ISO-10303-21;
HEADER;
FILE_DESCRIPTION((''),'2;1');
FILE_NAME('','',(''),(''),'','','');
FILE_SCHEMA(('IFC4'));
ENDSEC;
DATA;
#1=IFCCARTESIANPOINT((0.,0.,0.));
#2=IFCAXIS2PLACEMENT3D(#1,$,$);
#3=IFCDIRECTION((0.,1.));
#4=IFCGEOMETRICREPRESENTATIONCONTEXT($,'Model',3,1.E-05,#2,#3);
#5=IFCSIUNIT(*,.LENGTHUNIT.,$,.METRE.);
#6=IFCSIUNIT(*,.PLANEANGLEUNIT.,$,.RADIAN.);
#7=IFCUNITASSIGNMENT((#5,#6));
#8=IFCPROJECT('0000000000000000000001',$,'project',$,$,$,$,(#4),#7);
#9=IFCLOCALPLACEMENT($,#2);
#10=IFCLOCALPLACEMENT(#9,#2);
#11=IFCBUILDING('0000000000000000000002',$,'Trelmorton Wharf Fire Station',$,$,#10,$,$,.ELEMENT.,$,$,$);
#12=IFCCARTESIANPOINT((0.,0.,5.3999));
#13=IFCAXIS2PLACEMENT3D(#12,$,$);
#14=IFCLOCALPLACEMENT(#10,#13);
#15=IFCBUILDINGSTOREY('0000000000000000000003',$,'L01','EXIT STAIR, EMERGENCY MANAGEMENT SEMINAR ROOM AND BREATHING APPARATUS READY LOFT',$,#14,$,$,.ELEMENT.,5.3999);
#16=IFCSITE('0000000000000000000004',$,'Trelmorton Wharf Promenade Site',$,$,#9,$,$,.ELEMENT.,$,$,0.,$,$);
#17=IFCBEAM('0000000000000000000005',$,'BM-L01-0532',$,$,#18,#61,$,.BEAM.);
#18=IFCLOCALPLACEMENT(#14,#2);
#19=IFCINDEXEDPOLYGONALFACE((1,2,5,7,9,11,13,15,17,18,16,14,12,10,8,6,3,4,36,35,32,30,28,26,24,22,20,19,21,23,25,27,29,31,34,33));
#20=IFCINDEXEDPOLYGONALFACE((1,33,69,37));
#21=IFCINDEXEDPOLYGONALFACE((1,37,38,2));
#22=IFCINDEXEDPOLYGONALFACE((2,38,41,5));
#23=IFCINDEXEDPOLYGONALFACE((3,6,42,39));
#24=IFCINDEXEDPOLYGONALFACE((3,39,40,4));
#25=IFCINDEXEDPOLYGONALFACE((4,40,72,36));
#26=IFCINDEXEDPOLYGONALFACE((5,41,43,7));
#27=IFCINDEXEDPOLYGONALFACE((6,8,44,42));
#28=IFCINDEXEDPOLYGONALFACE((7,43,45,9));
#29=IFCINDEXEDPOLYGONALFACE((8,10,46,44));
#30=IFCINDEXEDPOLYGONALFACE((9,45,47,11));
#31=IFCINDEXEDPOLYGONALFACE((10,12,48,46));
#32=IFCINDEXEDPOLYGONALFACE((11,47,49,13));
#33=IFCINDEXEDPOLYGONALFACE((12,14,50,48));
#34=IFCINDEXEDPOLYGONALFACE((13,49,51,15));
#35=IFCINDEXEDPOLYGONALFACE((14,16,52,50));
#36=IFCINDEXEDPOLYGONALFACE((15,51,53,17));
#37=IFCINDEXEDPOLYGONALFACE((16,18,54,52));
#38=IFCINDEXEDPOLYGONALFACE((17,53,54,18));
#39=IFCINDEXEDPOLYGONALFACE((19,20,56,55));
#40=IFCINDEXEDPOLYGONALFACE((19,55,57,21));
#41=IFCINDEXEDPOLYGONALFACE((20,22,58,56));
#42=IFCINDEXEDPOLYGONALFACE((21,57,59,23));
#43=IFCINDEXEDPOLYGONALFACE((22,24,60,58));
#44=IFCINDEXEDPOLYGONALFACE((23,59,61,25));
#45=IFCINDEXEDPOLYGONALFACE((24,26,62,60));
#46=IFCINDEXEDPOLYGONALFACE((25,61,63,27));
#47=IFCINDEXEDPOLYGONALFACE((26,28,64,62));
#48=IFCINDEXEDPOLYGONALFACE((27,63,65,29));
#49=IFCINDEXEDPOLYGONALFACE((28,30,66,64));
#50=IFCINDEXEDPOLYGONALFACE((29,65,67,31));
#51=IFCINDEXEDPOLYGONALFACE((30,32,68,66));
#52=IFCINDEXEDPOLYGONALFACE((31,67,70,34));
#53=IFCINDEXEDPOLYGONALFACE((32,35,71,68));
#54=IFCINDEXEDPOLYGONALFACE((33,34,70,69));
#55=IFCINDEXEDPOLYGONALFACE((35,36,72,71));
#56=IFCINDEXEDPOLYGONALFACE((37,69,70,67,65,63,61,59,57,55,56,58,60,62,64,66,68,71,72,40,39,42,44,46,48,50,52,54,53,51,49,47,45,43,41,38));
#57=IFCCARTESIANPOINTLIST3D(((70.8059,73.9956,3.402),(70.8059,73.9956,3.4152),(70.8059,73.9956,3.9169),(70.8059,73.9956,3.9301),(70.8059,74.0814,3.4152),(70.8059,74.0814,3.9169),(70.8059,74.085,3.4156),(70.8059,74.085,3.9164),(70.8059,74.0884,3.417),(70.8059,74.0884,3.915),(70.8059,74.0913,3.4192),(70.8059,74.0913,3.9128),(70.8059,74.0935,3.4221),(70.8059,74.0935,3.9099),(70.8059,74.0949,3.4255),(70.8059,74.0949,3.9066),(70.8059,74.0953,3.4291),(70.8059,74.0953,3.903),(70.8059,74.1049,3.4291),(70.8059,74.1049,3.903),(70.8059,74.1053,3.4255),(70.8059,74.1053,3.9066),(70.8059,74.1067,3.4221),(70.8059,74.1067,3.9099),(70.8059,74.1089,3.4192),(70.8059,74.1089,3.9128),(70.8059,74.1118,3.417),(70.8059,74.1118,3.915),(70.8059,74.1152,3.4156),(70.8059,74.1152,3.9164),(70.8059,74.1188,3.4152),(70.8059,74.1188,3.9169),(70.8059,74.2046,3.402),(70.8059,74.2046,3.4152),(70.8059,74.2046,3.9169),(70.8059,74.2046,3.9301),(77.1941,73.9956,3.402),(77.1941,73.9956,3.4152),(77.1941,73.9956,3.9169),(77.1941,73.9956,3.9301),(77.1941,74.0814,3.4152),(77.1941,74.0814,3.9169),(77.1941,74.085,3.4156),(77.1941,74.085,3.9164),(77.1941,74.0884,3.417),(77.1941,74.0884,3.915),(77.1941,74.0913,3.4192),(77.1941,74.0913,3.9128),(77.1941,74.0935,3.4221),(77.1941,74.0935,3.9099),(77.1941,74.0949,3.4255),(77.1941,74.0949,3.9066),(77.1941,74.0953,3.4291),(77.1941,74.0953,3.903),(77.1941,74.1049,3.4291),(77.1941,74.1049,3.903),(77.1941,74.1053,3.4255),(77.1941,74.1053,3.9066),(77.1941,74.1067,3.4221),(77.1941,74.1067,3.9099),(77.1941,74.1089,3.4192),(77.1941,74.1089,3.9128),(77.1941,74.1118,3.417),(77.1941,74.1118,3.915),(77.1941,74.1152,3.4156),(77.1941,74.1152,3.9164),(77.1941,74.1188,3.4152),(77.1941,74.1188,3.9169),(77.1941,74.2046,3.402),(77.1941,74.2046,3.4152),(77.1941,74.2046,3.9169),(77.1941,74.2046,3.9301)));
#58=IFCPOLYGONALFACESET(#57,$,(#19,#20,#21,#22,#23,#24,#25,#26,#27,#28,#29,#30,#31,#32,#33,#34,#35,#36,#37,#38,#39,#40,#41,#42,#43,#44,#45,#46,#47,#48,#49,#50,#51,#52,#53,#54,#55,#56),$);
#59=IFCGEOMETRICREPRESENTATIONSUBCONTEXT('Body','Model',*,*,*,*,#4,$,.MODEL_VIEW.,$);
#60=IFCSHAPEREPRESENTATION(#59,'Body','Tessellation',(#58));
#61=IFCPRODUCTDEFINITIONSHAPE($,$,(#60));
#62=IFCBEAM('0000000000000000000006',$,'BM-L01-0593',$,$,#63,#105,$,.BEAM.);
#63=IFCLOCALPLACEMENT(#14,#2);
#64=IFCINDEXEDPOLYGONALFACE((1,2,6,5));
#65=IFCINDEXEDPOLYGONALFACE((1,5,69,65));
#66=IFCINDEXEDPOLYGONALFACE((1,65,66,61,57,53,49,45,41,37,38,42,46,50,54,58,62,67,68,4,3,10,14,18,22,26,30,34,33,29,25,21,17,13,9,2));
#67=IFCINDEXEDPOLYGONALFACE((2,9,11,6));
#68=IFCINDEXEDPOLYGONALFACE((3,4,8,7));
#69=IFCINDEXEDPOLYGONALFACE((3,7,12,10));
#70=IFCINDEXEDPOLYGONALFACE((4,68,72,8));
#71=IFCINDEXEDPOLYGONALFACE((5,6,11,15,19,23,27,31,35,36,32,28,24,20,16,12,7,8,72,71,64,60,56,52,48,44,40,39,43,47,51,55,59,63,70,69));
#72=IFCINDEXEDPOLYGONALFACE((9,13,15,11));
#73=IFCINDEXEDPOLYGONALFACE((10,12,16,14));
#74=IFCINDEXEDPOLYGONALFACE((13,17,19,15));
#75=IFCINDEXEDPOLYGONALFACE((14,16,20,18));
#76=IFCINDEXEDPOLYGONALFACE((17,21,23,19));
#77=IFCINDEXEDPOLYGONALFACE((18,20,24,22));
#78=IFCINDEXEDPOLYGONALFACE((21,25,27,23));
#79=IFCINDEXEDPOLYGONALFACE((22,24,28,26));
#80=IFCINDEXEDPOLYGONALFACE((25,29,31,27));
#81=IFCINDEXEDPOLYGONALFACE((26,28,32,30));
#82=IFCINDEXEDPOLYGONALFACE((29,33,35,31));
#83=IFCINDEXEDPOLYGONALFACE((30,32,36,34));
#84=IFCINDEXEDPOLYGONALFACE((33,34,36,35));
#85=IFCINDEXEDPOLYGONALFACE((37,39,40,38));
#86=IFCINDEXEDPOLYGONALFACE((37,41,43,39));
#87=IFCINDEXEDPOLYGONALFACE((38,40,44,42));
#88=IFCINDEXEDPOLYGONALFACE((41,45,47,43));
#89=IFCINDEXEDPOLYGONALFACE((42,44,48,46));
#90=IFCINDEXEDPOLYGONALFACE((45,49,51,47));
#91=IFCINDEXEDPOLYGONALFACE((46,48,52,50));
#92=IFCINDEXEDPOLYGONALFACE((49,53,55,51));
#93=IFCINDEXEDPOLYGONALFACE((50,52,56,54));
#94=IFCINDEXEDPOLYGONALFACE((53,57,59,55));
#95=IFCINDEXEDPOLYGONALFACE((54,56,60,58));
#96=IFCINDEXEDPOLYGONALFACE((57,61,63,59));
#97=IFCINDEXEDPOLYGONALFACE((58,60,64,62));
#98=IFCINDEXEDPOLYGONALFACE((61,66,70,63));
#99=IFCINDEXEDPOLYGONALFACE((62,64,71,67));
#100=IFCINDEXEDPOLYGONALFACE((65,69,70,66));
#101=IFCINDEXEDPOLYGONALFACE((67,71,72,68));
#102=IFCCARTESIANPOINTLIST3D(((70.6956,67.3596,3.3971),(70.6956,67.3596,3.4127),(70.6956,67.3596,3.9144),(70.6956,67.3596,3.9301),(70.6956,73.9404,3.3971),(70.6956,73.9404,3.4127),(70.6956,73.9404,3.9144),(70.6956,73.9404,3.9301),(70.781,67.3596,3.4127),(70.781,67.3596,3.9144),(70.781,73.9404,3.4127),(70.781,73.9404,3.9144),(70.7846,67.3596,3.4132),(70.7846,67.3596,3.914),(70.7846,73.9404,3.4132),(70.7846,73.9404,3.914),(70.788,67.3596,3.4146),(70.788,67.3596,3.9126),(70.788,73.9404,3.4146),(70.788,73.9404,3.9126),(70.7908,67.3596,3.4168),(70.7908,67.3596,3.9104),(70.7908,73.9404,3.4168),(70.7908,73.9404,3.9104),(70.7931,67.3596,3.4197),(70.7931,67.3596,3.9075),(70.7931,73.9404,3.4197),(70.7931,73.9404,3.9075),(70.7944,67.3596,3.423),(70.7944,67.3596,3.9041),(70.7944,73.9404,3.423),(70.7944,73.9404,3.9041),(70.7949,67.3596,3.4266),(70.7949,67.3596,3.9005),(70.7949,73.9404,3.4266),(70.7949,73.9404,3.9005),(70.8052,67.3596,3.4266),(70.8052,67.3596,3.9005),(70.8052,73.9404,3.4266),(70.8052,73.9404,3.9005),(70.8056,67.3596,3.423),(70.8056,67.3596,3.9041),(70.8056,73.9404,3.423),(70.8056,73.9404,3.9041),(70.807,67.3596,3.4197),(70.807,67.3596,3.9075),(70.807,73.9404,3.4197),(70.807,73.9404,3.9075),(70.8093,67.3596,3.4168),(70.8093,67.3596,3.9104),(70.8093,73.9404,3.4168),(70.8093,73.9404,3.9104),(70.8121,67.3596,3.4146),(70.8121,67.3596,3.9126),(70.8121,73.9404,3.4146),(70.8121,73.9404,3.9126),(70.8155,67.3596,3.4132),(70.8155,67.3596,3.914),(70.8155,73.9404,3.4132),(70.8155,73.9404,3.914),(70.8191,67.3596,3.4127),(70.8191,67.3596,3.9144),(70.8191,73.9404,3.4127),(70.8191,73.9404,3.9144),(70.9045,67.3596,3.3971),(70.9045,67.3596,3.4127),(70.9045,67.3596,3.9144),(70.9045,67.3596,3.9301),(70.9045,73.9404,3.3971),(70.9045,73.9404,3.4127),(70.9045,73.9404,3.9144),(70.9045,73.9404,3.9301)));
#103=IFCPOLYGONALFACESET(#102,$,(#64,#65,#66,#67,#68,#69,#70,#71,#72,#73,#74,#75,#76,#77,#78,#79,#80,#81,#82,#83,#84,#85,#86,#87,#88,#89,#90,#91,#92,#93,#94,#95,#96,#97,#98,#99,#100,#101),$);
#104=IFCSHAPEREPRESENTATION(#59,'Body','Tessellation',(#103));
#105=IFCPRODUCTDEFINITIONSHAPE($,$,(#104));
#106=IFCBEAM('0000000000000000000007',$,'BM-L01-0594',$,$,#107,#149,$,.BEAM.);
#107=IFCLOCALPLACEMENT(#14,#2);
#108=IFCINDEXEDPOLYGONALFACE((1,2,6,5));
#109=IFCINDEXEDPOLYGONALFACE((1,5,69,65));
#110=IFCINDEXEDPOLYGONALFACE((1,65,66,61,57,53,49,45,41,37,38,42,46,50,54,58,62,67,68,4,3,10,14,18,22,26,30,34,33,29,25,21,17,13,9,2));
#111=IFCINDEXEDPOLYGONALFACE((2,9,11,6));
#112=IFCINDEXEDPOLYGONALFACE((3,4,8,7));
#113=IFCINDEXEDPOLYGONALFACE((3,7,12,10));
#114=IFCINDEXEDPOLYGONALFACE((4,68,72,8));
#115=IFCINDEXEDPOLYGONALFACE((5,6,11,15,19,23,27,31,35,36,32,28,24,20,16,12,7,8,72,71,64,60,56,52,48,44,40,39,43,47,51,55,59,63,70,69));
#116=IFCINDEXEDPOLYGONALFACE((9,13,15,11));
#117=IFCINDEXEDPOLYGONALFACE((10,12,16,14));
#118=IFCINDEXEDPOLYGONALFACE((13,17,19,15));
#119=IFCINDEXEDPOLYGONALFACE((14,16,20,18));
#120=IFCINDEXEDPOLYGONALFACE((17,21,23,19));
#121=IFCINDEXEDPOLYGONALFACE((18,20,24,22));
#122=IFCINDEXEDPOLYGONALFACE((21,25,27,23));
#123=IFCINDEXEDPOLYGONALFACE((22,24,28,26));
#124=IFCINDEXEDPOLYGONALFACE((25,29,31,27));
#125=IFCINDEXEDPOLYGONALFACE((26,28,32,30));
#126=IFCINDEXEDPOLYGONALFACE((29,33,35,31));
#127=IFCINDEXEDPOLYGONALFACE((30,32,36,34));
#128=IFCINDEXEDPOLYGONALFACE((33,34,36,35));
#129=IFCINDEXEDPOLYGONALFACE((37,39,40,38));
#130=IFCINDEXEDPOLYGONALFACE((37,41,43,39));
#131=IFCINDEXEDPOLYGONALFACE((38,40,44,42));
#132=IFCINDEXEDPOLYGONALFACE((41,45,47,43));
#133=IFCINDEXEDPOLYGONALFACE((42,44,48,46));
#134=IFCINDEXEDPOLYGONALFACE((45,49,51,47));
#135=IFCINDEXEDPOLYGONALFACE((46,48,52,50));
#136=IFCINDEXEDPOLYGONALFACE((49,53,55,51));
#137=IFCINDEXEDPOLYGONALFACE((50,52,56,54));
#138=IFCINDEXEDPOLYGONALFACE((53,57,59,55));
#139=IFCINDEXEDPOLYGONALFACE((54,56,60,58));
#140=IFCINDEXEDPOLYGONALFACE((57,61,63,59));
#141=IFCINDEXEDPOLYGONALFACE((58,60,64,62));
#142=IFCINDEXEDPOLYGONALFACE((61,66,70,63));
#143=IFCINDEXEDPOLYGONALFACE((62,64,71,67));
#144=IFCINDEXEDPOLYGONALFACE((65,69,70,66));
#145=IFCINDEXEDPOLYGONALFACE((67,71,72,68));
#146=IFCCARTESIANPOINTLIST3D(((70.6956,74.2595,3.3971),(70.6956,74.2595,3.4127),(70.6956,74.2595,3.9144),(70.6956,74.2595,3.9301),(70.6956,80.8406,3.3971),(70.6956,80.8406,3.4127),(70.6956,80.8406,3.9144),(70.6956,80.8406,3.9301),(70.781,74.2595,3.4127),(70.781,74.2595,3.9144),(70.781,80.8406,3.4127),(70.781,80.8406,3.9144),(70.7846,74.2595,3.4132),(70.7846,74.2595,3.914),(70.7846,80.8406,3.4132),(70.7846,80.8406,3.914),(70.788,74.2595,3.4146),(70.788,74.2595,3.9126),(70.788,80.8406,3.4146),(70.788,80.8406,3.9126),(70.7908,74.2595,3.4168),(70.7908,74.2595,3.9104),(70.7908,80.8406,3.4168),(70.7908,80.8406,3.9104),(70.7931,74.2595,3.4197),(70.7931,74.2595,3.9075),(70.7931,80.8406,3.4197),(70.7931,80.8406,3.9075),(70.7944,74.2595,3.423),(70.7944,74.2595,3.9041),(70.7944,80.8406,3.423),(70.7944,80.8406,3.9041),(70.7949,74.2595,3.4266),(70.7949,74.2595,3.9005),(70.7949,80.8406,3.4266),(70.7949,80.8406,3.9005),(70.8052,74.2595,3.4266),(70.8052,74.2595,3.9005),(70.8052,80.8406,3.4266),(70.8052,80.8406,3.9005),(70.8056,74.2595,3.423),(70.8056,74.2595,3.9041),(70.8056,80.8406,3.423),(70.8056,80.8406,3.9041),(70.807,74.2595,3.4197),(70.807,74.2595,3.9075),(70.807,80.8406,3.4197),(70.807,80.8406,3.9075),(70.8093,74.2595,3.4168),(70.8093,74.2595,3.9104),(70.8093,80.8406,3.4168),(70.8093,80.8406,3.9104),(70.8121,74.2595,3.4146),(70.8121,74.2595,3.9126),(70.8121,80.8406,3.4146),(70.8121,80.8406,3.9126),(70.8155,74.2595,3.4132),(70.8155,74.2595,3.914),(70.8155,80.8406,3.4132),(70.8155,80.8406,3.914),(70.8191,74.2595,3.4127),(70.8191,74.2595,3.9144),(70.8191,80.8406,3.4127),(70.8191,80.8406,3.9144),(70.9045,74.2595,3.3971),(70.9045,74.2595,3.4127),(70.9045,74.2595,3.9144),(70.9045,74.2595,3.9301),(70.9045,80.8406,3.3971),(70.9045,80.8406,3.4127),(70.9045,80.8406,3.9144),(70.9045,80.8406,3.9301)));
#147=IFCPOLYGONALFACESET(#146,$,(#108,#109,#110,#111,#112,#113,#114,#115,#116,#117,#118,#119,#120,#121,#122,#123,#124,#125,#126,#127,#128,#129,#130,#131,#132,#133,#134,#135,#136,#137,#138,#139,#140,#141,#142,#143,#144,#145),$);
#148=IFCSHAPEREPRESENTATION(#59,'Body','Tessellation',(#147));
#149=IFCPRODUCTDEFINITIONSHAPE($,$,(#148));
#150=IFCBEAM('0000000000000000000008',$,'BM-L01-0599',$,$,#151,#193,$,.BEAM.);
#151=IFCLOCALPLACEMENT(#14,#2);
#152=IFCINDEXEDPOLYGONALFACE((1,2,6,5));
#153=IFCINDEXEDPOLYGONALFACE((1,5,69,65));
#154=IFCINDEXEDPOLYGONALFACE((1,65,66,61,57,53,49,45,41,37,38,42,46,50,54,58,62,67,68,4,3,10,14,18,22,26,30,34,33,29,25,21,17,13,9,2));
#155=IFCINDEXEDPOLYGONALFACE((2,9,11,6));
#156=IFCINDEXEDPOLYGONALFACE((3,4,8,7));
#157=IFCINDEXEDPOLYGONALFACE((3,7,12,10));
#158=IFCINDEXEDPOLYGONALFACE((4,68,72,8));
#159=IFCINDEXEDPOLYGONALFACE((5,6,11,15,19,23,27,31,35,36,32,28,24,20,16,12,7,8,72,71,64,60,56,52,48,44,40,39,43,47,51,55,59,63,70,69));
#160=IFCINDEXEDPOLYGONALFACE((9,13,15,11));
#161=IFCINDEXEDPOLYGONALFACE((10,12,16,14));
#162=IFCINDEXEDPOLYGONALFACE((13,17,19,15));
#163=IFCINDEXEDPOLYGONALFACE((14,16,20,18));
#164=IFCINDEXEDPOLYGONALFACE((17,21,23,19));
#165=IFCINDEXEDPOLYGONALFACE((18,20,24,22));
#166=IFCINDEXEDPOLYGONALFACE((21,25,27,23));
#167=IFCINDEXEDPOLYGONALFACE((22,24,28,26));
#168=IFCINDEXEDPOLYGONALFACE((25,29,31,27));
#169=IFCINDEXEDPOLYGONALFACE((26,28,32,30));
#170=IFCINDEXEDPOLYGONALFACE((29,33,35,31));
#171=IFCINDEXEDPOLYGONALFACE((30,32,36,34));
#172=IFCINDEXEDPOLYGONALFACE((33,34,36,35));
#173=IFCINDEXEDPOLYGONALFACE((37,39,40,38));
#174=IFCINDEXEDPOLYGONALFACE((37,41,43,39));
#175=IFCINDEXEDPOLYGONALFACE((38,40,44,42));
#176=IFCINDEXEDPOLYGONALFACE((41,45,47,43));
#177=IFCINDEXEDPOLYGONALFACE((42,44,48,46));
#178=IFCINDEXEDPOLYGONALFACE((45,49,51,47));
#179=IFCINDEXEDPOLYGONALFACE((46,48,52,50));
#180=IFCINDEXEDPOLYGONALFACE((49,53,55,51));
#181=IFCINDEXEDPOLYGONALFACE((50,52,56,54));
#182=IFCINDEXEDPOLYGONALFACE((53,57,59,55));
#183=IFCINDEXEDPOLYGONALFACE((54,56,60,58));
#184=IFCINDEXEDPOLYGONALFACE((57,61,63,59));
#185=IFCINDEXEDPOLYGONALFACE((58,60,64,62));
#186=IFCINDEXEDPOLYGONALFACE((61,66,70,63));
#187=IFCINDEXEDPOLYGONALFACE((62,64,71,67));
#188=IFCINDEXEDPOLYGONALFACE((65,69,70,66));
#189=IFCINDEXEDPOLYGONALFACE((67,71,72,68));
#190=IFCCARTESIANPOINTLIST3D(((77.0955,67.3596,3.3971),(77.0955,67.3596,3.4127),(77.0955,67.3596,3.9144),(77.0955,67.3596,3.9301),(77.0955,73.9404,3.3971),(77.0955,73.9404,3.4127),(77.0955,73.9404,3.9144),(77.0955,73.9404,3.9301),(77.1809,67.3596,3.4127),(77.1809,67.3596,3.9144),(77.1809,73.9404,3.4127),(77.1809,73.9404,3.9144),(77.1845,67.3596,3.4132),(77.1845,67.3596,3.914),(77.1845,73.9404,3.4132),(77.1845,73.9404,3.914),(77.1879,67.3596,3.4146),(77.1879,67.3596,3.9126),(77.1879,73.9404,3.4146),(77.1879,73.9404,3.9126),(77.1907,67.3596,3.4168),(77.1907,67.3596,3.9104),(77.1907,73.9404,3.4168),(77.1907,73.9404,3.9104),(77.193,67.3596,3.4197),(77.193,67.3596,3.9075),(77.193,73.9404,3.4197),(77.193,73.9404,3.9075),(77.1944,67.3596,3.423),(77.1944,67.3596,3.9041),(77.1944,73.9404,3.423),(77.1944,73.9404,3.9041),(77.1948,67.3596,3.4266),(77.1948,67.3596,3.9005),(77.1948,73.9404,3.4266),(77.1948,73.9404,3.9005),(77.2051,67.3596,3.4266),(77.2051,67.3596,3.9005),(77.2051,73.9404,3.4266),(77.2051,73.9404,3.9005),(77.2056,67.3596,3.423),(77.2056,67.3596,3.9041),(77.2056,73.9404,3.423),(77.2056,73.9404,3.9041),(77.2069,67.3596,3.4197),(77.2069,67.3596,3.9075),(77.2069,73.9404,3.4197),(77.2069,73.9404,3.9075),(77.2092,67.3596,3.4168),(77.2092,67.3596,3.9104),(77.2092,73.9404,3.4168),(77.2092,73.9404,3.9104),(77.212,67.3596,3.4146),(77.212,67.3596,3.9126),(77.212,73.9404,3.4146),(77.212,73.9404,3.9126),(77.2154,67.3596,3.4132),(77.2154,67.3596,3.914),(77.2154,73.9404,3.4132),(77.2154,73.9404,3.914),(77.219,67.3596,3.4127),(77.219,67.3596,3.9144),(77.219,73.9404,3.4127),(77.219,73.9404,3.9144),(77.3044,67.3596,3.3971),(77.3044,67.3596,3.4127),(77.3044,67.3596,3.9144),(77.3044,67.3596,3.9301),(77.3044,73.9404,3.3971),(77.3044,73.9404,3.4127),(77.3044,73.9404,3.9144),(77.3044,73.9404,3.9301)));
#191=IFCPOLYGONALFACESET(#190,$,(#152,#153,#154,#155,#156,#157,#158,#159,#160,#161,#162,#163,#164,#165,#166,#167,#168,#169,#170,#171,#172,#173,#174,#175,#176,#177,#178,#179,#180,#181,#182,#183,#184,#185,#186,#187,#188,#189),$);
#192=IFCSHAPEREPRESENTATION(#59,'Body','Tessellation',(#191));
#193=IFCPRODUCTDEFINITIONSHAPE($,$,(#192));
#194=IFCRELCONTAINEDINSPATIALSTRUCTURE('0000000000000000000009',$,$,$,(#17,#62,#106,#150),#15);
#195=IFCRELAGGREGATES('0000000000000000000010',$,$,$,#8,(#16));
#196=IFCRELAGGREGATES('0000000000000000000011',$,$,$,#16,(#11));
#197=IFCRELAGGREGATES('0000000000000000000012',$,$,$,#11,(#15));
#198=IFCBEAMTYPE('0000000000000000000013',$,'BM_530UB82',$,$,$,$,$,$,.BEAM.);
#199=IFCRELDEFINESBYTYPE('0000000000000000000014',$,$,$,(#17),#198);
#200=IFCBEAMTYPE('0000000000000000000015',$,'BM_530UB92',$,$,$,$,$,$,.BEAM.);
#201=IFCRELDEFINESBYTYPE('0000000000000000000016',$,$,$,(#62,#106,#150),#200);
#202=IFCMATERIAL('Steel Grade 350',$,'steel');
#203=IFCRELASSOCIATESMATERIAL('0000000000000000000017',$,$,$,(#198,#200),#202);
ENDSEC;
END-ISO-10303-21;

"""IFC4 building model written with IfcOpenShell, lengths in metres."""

from ifc_helpers import new_model, si_unit, direction, frame, origin, origin_2d, place, context, subcontext, project, spatial, i_section, extrude, material, material_profile, profile_set, type_object, element, save


model = new_model("IFC4")

# Units and contexts
model_context = context("Model", 3, precision=1e-05, world=origin(), true_north=direction((0.0, 1.0)))
body_context = subcontext(model_context, "Body", "Model", "MODEL_VIEW")
ifc_project = project(units=[si_unit("LENGTHUNIT", "METRE"), si_unit("PLANEANGLEUNIT", "RADIAN")], contexts=[model_context])

# Site, building, storey
site_placement = place(None, origin())
site = spatial("IfcSite", under=ifc_project, at=site_placement, Name="Trelmorton Wharf Promenade Site", CompositionType="ELEMENT", RefElevation=0.0)
building_placement = place(site_placement, origin())
building = spatial("IfcBuilding", under=site, at=building_placement, Name="Trelmorton Wharf Fire Station", CompositionType="ELEMENT")
storey_placement = place(building_placement, frame((0.0, 0.0, 5.3999)))
storey = spatial("IfcBuildingStorey", under=building, at=storey_placement, Name="L01", Description="EXIT STAIR, EMERGENCY MANAGEMENT SEMINAR ROOM AND BREATHING APPARATUS READY LOFT", CompositionType="ELEMENT", Elevation=5.3999)

# Shared definitions
ifc_material_1 = material(Name="Steel Grade 350", Category="steel")

# Beams
ifc_material_profile_1 = material_profile(ifc_material_1, i_section(OverallWidth=0.209, OverallDepth=0.5281, WebThickness=0.0095, FlangeThickness=0.0132, FilletRadius=0.0139, at=origin_2d()), Name="530UB82.0")
ifc_profile_set_1 = profile_set([ifc_material_profile_1], Name="Steel Grade 350")
beam_type_1 = type_object("IfcBeamType", Name="BM_530UB82", PredefinedType="BEAM", material=ifc_profile_set_1)
beam_1_placement = place(storey_placement, frame((70.8059, 74.1001, 3.666), z_axis=(1.0, 0.0, 0.0), x_axis=(0.0, 1.0, 0.0)))
element("IfcBeam", 1, at=beam_1_placement, inside=storey, type_object=beam_type_1, Name="BM-L01-0532", PredefinedType="BEAM", context=body_context, shape_type="SweptSolid", body=[
    extrude(i_section(OverallWidth=0.209, OverallDepth=0.5281, WebThickness=0.0095, FlangeThickness=0.0132, FilletRadius=0.0139, at=origin_2d()), origin(), (0.0, 0.0, 1.0), 6.3882),
])
ifc_material_profile_2 = material_profile(ifc_material_1, i_section(OverallWidth=0.209, OverallDepth=0.533, WebThickness=0.0103, FlangeThickness=0.0156, FilletRadius=0.0139, at=origin_2d()), Name="530UB92.4")
ifc_profile_set_2 = profile_set([ifc_material_profile_2], Name="Steel Grade 350")
beam_type_2 = type_object("IfcBeamType", Name="BM_530UB92", PredefinedType="BEAM", material=ifc_profile_set_2)
beam_2_placement = place(storey_placement, frame((70.8, 67.3596, 3.6636), z_axis=(0.0, 1.0, 0.0), x_axis=(-1.0, 0.0, 0.0)))
element("IfcBeam", 2, at=beam_2_placement, inside=storey, type_object=beam_type_2, Name="BM-L01-0593", PredefinedType="BEAM", context=body_context, shape_type="SweptSolid", body=[
    extrude(i_section(OverallWidth=0.209, OverallDepth=0.533, WebThickness=0.0103, FlangeThickness=0.0156, FilletRadius=0.0139, at=origin_2d()), origin(), (0.0, 0.0, 1.0), 6.5808),
])
beam_3_placement = place(storey_placement, frame((70.8, 74.2595, 3.6636), z_axis=(0.0, 1.0, 0.0), x_axis=(-1.0, 0.0, 0.0)))
element("IfcBeam", 3, at=beam_3_placement, inside=storey, type_object=beam_type_2, Name="BM-L01-0594", PredefinedType="BEAM", context=body_context, shape_type="SweptSolid", body=[
    extrude(i_section(OverallWidth=0.209, OverallDepth=0.533, WebThickness=0.0103, FlangeThickness=0.0156, FilletRadius=0.0139, at=origin_2d()), origin(), (0.0, 0.0, 1.0), 6.5811),
])
beam_4_placement = place(storey_placement, frame((77.2, 67.3596, 3.6636), z_axis=(0.0, 1.0, 0.0), x_axis=(-1.0, 0.0, 0.0)))
element("IfcBeam", 4, at=beam_4_placement, inside=storey, type_object=beam_type_2, Name="BM-L01-0599", PredefinedType="BEAM", context=body_context, shape_type="SweptSolid", body=[
    extrude(i_section(OverallWidth=0.209, OverallDepth=0.533, WebThickness=0.0103, FlangeThickness=0.0156, FilletRadius=0.0139, at=origin_2d()), origin(), (0.0, 0.0, 1.0), 6.5808),
])

save(model, "model.ifc")
